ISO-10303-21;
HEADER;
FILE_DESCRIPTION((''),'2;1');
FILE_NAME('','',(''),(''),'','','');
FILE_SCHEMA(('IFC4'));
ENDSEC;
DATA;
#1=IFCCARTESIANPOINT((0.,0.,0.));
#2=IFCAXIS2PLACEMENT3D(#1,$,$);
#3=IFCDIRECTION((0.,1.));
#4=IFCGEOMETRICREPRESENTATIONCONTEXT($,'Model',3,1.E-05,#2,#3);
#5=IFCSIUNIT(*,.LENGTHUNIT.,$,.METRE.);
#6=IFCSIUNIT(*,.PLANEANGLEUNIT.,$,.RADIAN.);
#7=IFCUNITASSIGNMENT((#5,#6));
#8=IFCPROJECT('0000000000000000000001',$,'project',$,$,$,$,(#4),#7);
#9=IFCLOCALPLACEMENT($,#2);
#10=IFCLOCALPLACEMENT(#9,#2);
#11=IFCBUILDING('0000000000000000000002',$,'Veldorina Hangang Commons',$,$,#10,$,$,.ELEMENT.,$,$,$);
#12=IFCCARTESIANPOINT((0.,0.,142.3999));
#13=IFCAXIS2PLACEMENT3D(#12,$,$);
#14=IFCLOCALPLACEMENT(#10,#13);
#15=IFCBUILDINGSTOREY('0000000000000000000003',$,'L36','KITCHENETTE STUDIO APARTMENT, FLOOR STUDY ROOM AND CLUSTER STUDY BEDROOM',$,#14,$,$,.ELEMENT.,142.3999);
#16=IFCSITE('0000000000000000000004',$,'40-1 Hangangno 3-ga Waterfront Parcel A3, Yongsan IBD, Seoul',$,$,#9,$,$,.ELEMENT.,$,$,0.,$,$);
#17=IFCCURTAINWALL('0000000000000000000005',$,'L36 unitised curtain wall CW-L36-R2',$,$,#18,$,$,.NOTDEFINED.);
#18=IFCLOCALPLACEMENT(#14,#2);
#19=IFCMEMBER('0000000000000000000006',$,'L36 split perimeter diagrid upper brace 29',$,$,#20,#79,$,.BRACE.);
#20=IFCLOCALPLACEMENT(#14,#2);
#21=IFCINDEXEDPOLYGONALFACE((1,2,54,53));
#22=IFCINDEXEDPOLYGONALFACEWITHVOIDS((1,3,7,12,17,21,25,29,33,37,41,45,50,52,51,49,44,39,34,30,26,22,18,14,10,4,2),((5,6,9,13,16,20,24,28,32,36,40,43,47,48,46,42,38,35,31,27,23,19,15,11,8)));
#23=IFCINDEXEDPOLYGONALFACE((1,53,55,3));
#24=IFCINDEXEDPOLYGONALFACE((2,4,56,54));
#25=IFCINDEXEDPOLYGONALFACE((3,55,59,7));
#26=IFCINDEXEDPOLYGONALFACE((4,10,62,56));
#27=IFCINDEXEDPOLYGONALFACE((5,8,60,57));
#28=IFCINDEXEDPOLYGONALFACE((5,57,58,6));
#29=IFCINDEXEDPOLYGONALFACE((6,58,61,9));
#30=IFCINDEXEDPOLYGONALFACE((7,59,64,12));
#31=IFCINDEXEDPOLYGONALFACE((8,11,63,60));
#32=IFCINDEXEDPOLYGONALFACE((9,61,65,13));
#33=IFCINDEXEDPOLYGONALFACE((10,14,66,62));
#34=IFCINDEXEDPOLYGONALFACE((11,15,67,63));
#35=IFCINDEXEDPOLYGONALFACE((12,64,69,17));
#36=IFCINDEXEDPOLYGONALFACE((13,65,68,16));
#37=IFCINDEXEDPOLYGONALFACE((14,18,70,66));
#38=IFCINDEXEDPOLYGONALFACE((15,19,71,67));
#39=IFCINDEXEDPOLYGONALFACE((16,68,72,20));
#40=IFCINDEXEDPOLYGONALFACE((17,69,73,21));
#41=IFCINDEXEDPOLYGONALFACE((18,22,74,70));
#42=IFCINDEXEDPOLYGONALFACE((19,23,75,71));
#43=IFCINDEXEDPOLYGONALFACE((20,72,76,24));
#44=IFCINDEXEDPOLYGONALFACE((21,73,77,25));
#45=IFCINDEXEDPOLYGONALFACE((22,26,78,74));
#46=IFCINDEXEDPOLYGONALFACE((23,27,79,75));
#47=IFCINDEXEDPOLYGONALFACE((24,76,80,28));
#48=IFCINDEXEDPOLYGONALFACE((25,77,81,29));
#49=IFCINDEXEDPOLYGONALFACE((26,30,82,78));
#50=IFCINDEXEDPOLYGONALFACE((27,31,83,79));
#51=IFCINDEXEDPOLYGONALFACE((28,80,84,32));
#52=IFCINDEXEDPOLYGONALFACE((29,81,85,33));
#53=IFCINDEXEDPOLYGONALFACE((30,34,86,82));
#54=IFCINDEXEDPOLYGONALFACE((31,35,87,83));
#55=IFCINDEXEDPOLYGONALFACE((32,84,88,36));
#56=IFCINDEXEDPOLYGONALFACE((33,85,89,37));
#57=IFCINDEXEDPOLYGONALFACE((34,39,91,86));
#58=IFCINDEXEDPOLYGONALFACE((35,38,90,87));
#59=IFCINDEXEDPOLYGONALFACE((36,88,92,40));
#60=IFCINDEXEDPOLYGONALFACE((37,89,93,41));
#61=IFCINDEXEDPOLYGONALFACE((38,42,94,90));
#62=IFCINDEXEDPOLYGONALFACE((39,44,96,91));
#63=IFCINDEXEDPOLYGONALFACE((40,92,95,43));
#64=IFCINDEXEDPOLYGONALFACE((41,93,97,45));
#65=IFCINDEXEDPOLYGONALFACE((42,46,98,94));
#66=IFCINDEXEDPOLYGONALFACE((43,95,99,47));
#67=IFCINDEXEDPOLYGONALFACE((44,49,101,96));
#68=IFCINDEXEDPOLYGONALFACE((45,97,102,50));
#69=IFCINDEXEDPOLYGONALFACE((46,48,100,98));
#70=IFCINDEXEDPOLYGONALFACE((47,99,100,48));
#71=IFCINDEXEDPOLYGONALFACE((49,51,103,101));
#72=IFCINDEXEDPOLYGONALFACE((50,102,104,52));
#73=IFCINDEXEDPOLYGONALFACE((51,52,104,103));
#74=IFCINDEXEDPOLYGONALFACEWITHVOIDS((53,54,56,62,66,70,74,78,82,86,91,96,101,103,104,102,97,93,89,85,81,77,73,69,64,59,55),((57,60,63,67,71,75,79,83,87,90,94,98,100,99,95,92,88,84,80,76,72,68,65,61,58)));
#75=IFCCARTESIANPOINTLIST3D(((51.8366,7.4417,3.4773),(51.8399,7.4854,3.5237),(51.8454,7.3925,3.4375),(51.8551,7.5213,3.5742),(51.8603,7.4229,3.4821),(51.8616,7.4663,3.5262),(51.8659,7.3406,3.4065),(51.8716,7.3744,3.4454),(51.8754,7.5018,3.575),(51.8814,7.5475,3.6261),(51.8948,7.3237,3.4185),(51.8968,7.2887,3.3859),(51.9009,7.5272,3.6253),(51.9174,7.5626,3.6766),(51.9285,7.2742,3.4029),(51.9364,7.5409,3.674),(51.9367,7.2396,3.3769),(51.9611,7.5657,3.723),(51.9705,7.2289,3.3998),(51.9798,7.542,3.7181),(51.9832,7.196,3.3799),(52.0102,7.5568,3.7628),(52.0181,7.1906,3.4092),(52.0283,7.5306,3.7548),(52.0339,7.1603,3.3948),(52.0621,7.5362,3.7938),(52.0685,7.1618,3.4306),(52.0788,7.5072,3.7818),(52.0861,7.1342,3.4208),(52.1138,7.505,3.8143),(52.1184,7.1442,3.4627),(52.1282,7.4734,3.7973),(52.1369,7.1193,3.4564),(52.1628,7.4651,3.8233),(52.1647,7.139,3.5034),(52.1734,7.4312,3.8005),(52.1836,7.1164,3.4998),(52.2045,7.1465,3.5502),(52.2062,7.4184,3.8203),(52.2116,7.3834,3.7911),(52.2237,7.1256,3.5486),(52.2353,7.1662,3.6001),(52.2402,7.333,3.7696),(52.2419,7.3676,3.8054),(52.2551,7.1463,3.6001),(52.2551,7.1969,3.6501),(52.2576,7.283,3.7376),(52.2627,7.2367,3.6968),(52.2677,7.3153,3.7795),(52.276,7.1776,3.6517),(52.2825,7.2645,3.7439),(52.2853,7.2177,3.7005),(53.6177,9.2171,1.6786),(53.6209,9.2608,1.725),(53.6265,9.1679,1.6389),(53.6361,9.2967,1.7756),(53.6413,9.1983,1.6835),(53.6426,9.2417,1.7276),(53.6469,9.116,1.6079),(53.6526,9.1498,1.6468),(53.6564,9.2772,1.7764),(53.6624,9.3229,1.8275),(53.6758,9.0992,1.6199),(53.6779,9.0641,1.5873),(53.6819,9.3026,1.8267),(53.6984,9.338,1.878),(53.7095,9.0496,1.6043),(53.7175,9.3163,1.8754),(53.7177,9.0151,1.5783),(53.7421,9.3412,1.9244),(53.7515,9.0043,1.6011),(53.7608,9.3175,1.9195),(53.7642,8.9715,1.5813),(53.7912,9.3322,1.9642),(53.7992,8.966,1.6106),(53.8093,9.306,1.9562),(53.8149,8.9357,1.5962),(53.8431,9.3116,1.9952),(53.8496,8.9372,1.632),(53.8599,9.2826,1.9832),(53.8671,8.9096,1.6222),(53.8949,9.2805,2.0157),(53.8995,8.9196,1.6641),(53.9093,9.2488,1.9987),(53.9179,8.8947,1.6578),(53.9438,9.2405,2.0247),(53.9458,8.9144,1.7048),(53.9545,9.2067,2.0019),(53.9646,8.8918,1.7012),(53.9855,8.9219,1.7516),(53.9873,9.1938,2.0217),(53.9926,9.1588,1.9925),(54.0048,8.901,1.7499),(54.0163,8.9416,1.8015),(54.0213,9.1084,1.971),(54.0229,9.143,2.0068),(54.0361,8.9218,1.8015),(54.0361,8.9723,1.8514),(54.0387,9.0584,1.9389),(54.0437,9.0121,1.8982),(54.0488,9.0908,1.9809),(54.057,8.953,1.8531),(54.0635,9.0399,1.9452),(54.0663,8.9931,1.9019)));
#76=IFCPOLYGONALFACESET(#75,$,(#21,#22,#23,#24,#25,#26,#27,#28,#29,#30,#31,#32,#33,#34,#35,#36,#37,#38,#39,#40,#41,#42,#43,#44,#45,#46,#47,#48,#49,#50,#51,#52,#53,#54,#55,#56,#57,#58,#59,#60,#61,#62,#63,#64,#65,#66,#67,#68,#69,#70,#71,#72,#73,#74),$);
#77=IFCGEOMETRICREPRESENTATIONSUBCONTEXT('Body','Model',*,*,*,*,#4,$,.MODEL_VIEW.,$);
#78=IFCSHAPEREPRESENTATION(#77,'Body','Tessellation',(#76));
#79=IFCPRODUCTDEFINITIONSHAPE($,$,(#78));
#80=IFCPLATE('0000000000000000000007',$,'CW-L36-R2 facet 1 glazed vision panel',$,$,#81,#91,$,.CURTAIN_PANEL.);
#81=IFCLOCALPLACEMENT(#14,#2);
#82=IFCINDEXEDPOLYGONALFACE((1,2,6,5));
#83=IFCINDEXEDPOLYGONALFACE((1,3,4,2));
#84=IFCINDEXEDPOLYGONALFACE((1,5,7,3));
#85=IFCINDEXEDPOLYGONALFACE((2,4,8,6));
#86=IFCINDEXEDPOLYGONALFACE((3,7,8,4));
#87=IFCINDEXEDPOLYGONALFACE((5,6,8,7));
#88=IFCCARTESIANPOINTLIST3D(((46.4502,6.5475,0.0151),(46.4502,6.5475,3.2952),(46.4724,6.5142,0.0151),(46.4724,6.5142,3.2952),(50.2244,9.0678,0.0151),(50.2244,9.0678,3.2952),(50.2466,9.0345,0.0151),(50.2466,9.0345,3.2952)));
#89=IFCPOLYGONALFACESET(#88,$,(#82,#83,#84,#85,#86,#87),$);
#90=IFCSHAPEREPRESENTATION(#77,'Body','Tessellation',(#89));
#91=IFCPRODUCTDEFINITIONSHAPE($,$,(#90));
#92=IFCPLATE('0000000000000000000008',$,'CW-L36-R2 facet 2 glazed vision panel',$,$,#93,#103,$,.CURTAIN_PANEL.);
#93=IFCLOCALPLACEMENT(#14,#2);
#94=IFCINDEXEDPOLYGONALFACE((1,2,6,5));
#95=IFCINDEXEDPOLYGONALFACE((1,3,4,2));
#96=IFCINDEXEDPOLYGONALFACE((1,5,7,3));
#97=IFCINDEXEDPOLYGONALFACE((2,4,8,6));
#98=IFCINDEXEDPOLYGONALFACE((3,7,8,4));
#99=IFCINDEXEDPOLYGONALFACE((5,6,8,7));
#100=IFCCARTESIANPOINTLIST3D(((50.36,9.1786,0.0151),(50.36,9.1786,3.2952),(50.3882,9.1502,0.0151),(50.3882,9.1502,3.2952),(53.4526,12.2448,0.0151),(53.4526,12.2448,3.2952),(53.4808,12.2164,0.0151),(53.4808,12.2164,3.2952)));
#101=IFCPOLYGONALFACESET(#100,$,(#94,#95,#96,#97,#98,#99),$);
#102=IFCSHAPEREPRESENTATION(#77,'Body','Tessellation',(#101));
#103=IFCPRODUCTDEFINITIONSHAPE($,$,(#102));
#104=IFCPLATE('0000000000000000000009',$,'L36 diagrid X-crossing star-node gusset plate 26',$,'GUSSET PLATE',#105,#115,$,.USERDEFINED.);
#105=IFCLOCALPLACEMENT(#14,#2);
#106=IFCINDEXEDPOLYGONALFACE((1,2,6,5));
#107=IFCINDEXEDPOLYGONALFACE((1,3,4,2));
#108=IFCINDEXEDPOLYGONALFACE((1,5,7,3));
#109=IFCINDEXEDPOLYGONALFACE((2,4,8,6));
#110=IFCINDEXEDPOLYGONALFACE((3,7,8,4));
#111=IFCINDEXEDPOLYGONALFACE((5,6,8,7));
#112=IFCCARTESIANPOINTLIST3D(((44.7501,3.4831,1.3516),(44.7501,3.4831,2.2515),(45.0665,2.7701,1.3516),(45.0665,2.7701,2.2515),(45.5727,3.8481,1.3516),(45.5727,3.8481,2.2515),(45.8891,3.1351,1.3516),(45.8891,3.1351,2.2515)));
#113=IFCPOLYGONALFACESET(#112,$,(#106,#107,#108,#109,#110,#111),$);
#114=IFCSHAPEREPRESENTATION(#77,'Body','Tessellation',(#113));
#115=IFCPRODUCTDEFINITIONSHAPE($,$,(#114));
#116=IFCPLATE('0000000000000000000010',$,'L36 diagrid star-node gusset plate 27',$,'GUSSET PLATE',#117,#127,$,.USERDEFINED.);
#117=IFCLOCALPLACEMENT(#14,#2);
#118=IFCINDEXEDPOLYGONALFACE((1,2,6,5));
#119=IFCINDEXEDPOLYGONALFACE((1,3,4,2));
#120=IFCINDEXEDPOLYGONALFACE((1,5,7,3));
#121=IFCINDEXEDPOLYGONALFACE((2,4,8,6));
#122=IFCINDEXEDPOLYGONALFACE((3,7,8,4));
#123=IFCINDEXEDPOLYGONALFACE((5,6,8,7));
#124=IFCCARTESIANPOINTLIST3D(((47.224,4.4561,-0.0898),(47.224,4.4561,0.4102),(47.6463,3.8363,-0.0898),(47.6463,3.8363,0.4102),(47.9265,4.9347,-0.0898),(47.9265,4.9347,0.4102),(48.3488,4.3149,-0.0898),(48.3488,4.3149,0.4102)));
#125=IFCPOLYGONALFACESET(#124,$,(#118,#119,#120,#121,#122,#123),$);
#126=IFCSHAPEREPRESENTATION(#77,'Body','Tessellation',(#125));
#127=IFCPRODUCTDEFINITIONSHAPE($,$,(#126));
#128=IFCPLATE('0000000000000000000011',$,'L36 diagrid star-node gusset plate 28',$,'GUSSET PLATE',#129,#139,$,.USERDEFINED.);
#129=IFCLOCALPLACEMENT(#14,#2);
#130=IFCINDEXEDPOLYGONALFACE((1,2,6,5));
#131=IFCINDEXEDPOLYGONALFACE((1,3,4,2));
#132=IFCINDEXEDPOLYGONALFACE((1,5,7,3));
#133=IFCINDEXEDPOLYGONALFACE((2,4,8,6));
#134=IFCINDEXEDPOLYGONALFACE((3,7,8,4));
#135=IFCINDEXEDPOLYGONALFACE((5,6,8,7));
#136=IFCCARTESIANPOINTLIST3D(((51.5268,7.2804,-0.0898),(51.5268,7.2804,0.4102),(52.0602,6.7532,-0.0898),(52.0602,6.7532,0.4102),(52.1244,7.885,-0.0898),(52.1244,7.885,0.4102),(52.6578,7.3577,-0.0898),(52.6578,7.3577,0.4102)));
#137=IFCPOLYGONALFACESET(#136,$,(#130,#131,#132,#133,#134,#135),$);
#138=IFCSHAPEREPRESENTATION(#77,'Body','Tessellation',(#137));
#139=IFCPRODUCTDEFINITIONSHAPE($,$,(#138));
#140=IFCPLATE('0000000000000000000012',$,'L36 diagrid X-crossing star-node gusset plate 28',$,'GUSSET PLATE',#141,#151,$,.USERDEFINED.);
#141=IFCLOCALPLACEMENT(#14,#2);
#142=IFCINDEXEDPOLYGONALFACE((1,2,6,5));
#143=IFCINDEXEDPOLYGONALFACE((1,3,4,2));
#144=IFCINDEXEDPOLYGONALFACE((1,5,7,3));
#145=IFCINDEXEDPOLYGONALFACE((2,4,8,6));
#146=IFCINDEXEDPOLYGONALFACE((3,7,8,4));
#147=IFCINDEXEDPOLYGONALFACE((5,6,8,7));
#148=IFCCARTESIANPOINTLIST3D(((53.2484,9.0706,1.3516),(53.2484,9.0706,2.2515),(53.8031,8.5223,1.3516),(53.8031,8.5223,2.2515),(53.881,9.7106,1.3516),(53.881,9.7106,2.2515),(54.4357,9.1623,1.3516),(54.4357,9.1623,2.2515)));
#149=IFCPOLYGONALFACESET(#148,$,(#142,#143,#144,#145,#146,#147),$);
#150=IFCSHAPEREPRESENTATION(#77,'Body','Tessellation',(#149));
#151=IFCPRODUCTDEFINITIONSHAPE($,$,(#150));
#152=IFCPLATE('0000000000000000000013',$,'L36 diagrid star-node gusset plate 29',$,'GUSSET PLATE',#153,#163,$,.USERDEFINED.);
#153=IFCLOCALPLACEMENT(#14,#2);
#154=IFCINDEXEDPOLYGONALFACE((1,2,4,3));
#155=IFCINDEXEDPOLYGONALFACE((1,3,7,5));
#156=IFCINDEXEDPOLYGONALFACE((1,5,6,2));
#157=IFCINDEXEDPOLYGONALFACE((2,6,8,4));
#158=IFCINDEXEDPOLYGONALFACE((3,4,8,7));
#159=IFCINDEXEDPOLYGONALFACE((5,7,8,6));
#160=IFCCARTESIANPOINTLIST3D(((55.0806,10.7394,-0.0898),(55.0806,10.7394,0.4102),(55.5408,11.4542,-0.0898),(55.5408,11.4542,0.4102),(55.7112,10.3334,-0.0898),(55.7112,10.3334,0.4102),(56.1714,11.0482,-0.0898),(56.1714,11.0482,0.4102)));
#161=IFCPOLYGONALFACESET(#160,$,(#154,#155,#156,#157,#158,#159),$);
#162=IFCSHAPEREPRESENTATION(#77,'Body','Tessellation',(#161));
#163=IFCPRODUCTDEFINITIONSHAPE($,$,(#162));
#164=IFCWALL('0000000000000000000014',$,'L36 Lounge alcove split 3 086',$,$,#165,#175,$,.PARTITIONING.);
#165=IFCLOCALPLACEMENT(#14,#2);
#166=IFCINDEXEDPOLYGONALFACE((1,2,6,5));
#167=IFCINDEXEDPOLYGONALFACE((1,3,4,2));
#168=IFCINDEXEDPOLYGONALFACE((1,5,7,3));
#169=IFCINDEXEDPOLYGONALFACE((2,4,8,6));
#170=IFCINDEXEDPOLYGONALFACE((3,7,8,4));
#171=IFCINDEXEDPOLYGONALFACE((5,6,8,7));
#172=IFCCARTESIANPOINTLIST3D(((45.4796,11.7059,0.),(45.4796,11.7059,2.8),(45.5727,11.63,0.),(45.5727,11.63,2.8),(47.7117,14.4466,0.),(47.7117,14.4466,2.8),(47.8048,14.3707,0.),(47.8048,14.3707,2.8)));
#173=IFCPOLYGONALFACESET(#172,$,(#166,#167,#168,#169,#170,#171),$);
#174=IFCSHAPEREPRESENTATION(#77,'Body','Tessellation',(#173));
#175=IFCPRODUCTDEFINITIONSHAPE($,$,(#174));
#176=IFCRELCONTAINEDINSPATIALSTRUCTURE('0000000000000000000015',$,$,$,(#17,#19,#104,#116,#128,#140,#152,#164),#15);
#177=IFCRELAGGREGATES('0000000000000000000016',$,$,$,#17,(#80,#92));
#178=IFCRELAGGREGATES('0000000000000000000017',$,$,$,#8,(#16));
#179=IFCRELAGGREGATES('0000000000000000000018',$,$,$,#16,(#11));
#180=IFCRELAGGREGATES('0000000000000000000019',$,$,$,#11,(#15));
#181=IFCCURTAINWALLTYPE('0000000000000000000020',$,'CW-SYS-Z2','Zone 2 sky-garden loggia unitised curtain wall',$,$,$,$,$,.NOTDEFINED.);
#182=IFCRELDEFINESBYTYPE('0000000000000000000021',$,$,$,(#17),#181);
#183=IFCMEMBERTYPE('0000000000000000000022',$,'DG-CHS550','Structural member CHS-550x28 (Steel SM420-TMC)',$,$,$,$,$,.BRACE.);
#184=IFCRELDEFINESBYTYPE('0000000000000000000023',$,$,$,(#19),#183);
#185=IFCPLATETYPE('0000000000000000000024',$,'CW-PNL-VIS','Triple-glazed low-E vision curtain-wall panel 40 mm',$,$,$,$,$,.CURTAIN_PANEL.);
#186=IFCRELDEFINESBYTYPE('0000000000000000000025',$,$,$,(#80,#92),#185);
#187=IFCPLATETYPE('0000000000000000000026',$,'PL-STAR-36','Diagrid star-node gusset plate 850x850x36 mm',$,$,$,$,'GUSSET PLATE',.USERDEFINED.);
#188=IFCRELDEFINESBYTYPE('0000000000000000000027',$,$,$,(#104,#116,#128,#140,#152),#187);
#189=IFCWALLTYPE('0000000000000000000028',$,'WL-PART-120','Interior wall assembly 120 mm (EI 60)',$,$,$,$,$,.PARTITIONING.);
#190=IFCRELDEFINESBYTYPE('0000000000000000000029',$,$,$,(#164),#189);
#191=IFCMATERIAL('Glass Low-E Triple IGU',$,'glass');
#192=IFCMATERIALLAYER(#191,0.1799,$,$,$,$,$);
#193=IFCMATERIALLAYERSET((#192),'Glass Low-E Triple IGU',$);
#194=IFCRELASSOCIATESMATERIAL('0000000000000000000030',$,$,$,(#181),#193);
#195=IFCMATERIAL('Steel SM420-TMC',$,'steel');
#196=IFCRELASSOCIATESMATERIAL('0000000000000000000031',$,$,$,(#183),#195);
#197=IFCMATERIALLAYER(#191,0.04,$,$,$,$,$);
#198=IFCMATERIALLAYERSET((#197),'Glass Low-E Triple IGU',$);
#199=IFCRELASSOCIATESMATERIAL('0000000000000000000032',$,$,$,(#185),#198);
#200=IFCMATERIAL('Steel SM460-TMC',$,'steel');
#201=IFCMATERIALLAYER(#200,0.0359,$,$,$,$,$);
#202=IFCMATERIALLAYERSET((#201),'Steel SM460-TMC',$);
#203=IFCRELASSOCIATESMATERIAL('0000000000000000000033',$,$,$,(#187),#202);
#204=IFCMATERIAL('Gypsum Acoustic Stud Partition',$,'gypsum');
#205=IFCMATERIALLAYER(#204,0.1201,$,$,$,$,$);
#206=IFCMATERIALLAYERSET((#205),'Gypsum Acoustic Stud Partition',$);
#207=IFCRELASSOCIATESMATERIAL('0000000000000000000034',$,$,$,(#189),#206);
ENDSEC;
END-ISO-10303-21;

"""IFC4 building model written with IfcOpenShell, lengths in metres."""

from ifc_helpers import new_model, si_unit, direction, frame, frame_2d, origin, origin_2d, place, context, subcontext, project, spatial, rectangle, hollow_circle, extrude, material, layer, layer_set, material_profile, profile_set, type_object, element, aggregate, save


model = new_model("IFC4")

# Units and contexts
model_context = context("Model", 3, precision=1e-05, world=origin(), true_north=direction((0.0, 1.0)))
body_context = subcontext(model_context, "Body", "Model", "MODEL_VIEW")
ifc_project = project(units=[si_unit("LENGTHUNIT", "METRE"), si_unit("PLANEANGLEUNIT", "RADIAN")], contexts=[model_context])

# Site, building, storey
site_placement = place(None, origin())
site = spatial("IfcSite", under=ifc_project, at=site_placement, Name="40-1 Hangangno 3-ga Waterfront Parcel A3, Yongsan IBD, Seoul", CompositionType="ELEMENT", RefElevation=0.0)
building_placement = place(site_placement, origin())
building = spatial("IfcBuilding", under=site, at=building_placement, Name="Veldorina Hangang Commons", CompositionType="ELEMENT")
storey_placement = place(building_placement, frame((0.0, 0.0, 142.3999)))
storey = spatial("IfcBuildingStorey", under=building, at=storey_placement, Name="L36", Description="KITCHENETTE STUDIO APARTMENT, FLOOR STUDY ROOM AND CLUSTER STUDY BEDROOM", CompositionType="ELEMENT", Elevation=142.3999)

# Shared definitions
ifc_material_1 = material(Name="Steel SM420-TMC", Category="steel")

# Curtain wall
ifc_material_2 = material(Name="Glass Low-E Triple IGU", Category="glass")
ifc_layer_1 = layer(ifc_material_2, 0.1799)
ifc_layer_set_1 = layer_set([ifc_layer_1], Name="Glass Low-E Triple IGU")
curtain_wall_type = type_object("IfcCurtainWallType", Name="CW-SYS-Z2", Description="Zone 2 sky-garden loggia unitised curtain wall", PredefinedType="NOTDEFINED", material=ifc_layer_set_1)
curtain_wall_placement = place(storey_placement, origin())
curtain_wall = element("IfcCurtainWall", 1, at=curtain_wall_placement, inside=storey, type_object=curtain_wall_type, Name="L36 unitised curtain wall CW-L36-R2", PredefinedType="NOTDEFINED")

# Member
ifc_material_profile_1 = material_profile(ifc_material_1, hollow_circle(Radius=0.2749, WallThickness=0.0281, at=origin_2d()), Name="CHS-550x28")
ifc_profile_set_1 = profile_set([ifc_material_profile_1], Name="Steel SM420-TMC")
member_type_1 = type_object("IfcMemberType", Name="DG-CHS550", Description="Structural member CHS-550x28 (Steel SM420-TMC)", PredefinedType="BRACE", material=ifc_profile_set_1)
member_1_placement = place(storey_placement, frame((53.842, 9.1165, 1.8015), z_axis=(-0.576052, -0.574235, 0.581737), x_axis=(0.705989, -0.708222, 0.0)))
element("IfcMember", 2, at=member_1_placement, inside=storey, type_object=member_type_1, Name="L36 split perimeter diagrid upper brace 29", PredefinedType="BRACE", context=body_context, shape_type="SweptSolid", body=[
    extrude(hollow_circle(Radius=0.2749, WallThickness=0.0281, at=origin_2d()), origin(), (0.0, 0.0, 1.0), 3.0918),
])

# Plates
ifc_layer_2 = layer(ifc_material_2, 0.04)
ifc_layer_set_2 = layer_set([ifc_layer_2], Name="Glass Low-E Triple IGU")
plate_type_1 = type_object("IfcPlateType", Name="CW-PNL-VIS", Description="Triple-glazed low-E vision curtain-wall panel 40 mm", PredefinedType="CURTAIN_PANEL", material=ifc_layer_set_2)
plate_1_placement = place(storey_placement, frame((48.3484, 7.791, 0.0151), z_axis=(0.0, 0.0, 1.0), x_axis=(0.831625, 0.555338, 0.0)))
plate_1 = element("IfcPlate", 3, at=plate_1_placement, type_object=plate_type_1, Name="CW-L36-R2 facet 1 glazed vision panel", PredefinedType="CURTAIN_PANEL", context=body_context, shape_type="SweptSolid", body=[
    extrude(rectangle(XDim=4.5383, YDim=0.04, at=origin_2d()), origin(), (0.0, 0.0, 1.0), 3.28),
])
plate_2_placement = place(storey_placement, frame((51.9204, 10.6975, 0.0151), z_axis=(0.0, 0.0, 1.0), x_axis=(0.710124, 0.704077, 0.0)))
plate_2 = element("IfcPlate", 4, at=plate_2_placement, type_object=plate_type_1, Name="CW-L36-R2 facet 2 glazed vision panel", PredefinedType="CURTAIN_PANEL", context=body_context, shape_type="SweptSolid", body=[
    extrude(rectangle(XDim=4.355, YDim=0.04, at=origin_2d()), origin(), (0.0, 0.0, 1.0), 3.28),
])
aggregate(curtain_wall, [plate_1, plate_2])

# Plates
ifc_material_3 = material(Name="Steel SM460-TMC", Category="steel")
ifc_layer_3 = layer(ifc_material_3, 0.0359)
ifc_layer_set_3 = layer_set([ifc_layer_3], Name="Steel SM460-TMC")
plate_type_2 = type_object("IfcPlateType", Name="PL-STAR-36", Description="Diagrid star-node gusset plate 850x850x36 mm", ElementType="GUSSET PLATE", PredefinedType="USERDEFINED", material=ifc_layer_set_3)
plate_3_placement = place(storey_placement, frame((45.3196, 3.3091, 1.3516), z_axis=(0.0, 0.0, 1.0), x_axis=(0.914042, 0.40562, 0.0)))
element("IfcPlate", 5, at=plate_3_placement, inside=storey, type_object=plate_type_2, Name="L36 diagrid X-crossing star-node gusset plate 26", ObjectType="GUSSET PLATE", PredefinedType="USERDEFINED", context=body_context, shape_type="SweptSolid", body=[
    extrude(rectangle(XDim=0.8999, YDim=0.78, at=origin_2d()), origin(), (0.0, 0.0, 1.0), 0.8999),
])
for number, where, z_axis, x_axis, name in (
    (6, (47.7864, 4.3855, -0.0898), (0.0, 0.0, 1.0), (0.826423, 0.56305, 0.0), "L36 diagrid star-node gusset plate 27"),
    (7, (52.0923, 7.3191, -0.0898), (0.0, 0.0, 1.0), (0.70301, 0.71118, 0.0), "L36 diagrid star-node gusset plate 28"),
):
    element("IfcPlate", number, at=place(storey_placement, frame(where, z_axis=z_axis, x_axis=x_axis)), inside=storey, type_object=plate_type_2, Name=name, ObjectType="GUSSET PLATE", PredefinedType="USERDEFINED", context=body_context, shape_type="SweptSolid", body=[
        extrude(rectangle(XDim=0.8501, YDim=0.75, at=origin_2d()), origin(), (0.0, 0.0, 1.0), 0.5),
    ])
plate_4_placement = place(storey_placement, frame((53.842, 9.1165, 1.3516), z_axis=(0.0, 0.0, 1.0), x_axis=(0.70301, 0.71118, 0.0)))
element("IfcPlate", 8, at=plate_4_placement, inside=storey, type_object=plate_type_2, Name="L36 diagrid X-crossing star-node gusset plate 28", ObjectType="GUSSET PLATE", PredefinedType="USERDEFINED", context=body_context, shape_type="SweptSolid", body=[
    extrude(rectangle(XDim=0.8999, YDim=0.78, at=origin_2d()), origin(), (0.0, 0.0, 1.0), 0.8999),
])
plate_5_placement = place(storey_placement, frame((55.626, 10.8938, -0.0898), z_axis=(0.0, 0.0, 1.0), x_axis=(0.541327, 0.840812, 0.0)))
element("IfcPlate", 9, at=plate_5_placement, inside=storey, type_object=plate_type_2, Name="L36 diagrid star-node gusset plate 29", ObjectType="GUSSET PLATE", PredefinedType="USERDEFINED", context=body_context, shape_type="SweptSolid", body=[
    extrude(rectangle(XDim=0.8501, YDim=0.75, at=origin_2d()), origin(), (0.0, 0.0, 1.0), 0.5),
])

# Wall
ifc_material_4 = material(Name="Gypsum Acoustic Stud Partition", Category="gypsum")
ifc_layer_4 = layer(ifc_material_4, 0.1201)
ifc_layer_set_4 = layer_set([ifc_layer_4], Name="Gypsum Acoustic Stud Partition")
wall_type = type_object("IfcWallType", Name="WL-PART-120", Description="Interior wall assembly 120 mm (EI 60)", PredefinedType="PARTITIONING", material=ifc_layer_set_4)
wall_1_placement = place(storey_placement, frame((45.5261, 11.668, 0.0), z_axis=(0.0, 0.0, 1.0), x_axis=(0.631502, 0.775374, 0.0)))
element("IfcWall", 10, at=wall_1_placement, inside=storey, type_object=wall_type, Name="L36 Lounge alcove split 3 086", PredefinedType="PARTITIONING", context=body_context, shape_type="SweptSolid", body=[
    extrude(rectangle(XDim=3.5347, YDim=0.1201, at=frame_2d((1.7673, 0.0))), origin(), (0.0, 0.0, 1.0), 2.8),
])

save(model, "model.ifc")
